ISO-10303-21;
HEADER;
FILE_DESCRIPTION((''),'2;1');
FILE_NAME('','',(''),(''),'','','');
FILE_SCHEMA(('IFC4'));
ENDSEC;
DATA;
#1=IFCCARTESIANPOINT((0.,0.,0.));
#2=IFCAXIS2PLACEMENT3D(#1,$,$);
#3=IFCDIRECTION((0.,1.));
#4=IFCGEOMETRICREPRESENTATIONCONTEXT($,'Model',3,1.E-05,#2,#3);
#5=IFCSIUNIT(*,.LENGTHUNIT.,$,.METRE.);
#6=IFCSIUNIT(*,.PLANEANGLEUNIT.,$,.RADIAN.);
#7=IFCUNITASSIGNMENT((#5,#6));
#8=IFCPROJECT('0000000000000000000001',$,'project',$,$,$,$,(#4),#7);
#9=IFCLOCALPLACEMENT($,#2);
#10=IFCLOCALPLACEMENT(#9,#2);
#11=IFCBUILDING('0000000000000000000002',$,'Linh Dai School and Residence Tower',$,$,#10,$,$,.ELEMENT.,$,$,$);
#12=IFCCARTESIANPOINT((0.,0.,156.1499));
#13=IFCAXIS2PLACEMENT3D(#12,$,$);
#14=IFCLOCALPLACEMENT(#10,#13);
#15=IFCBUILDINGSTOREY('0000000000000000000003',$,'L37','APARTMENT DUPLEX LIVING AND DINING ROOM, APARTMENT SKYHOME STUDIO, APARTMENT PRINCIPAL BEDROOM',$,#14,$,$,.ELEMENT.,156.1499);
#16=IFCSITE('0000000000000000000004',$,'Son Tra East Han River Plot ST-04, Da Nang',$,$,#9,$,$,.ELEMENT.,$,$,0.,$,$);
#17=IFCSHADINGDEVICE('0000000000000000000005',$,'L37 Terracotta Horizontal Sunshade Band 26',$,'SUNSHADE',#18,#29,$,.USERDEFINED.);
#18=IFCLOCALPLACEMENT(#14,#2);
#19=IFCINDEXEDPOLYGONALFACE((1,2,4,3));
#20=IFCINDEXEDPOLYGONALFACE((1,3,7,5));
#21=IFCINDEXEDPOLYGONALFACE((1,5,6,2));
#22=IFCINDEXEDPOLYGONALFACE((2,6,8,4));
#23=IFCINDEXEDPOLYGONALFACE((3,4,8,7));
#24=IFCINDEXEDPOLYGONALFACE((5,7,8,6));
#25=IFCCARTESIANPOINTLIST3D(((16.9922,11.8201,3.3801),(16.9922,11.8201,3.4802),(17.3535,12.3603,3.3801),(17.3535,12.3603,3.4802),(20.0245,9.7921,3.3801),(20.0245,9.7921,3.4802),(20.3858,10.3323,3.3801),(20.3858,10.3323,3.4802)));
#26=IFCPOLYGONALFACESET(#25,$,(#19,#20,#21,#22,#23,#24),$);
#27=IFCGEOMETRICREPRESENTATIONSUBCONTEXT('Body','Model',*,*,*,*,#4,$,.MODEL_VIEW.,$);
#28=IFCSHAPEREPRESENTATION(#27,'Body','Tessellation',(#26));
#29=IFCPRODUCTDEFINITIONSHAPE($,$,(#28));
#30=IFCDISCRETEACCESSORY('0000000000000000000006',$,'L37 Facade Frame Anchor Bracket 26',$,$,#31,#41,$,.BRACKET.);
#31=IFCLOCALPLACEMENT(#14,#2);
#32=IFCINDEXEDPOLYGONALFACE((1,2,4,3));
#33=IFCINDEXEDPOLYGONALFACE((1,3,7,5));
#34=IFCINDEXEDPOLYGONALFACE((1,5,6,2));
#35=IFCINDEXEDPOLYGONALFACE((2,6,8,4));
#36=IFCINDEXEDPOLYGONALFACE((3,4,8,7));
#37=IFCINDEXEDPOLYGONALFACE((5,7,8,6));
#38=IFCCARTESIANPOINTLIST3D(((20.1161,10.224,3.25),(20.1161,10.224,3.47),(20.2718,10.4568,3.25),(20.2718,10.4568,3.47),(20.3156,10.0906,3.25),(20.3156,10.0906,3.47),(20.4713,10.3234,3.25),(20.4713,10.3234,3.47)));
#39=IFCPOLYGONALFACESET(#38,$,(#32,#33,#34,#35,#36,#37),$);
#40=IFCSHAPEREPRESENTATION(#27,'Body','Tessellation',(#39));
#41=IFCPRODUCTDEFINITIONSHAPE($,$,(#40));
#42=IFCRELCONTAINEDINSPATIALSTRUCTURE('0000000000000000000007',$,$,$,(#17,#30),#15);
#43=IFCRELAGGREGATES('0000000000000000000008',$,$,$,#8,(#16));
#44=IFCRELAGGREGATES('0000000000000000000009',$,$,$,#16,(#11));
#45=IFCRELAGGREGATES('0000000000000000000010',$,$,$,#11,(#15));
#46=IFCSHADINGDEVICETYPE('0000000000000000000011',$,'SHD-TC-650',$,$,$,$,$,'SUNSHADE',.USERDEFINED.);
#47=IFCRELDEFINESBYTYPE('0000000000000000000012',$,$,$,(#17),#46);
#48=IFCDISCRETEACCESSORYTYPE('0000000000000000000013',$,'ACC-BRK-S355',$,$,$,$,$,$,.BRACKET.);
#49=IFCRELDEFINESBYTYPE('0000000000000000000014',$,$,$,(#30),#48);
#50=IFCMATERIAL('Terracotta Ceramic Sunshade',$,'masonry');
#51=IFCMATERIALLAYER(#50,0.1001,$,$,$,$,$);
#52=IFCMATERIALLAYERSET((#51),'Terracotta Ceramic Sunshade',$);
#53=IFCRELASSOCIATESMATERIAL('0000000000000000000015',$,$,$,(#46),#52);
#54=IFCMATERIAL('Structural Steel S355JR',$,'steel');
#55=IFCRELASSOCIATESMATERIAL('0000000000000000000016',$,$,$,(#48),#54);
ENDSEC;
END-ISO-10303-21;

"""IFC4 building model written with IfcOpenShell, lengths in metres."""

from ifc_helpers import new_model, si_unit, direction, frame, origin, origin_2d, place, context, subcontext, project, spatial, rectangle, extrude, source, transform, mapped, material, layer, layer_set, type_object, element, save


model = new_model("IFC4")

# Units and contexts
model_context = context("Model", 3, precision=1e-05, world=origin(), true_north=direction((0.0, 1.0)))
body_context = subcontext(model_context, "Body", "Model", "MODEL_VIEW")
ifc_project = project(units=[si_unit("LENGTHUNIT", "METRE"), si_unit("PLANEANGLEUNIT", "RADIAN")], contexts=[model_context])

# Site, building, storey
site_placement = place(None, origin())
site = spatial("IfcSite", under=ifc_project, at=site_placement, Name="Son Tra East Han River Plot ST-04, Da Nang", CompositionType="ELEMENT", RefElevation=0.0)
building_placement = place(site_placement, origin())
building = spatial("IfcBuilding", under=site, at=building_placement, Name="Linh Dai School and Residence Tower", CompositionType="ELEMENT")
storey_placement = place(building_placement, frame((0.0, 0.0, 156.1499)))
storey = spatial("IfcBuildingStorey", under=building, at=storey_placement, Name="L37", Description="APARTMENT DUPLEX LIVING AND DINING ROOM, APARTMENT SKYHOME STUDIO, APARTMENT PRINCIPAL BEDROOM", CompositionType="ELEMENT", Elevation=156.1499)

# Shared definitions
ifc_material_1 = material(Name="Structural Steel S355JR", Category="steel")

# Shading device
ifc_material_2 = material(Name="Terracotta Ceramic Sunshade", Category="masonry")
ifc_layer_1 = layer(ifc_material_2, 0.1001)
ifc_layer_set_1 = layer_set([ifc_layer_1], Name="Terracotta Ceramic Sunshade")
shading_device_type = type_object("IfcShadingDeviceType", Name="SHD-TC-650", ElementType="SUNSHADE", PredefinedType="USERDEFINED", material=ifc_layer_set_1)
shared_shape_1 = source(origin(), body_context, "Body", "SweptSolid", [
    extrude(rectangle(XDim=3.6479, YDim=0.6499, at=origin_2d()), origin(), (0.0, 0.0, 1.0), 0.1001),
])
shading_device_placement = place(storey_placement, frame((18.689, 11.0762, 3.3801), z_axis=(0.0, 0.0, 1.0), x_axis=(-0.831228, 0.555931, 0.0)))
element("IfcShadingDevice", 1, at=shading_device_placement, inside=storey, type_object=shading_device_type, Name="L37 Terracotta Horizontal Sunshade Band 26", ObjectType="SUNSHADE", PredefinedType="USERDEFINED", context=body_context, shape_type="MappedRepresentation", body=[
    mapped(shared_shape_1, transform((0.0, 0.0, 0.0), x_axis=(1.0, 0.0, 0.0), y_axis=(0.0, 1.0, 0.0), z_axis=(0.0, 0.0, 1.0), scale=1.0)),
])

# Discrete accessory
discrete_accessory_type = type_object("IfcDiscreteAccessoryType", Name="ACC-BRK-S355", PredefinedType="BRACKET", material=ifc_material_1)
shared_shape_2 = source(origin(), body_context, "Body", "SweptSolid", [
    extrude(rectangle(XDim=0.28, YDim=0.24, at=origin_2d()), origin(), (0.0, 0.0, 1.0), 0.22),
])
discrete_accessory_placement = place(storey_placement, frame((20.2937, 10.2737, 3.25), z_axis=(0.0, 0.0, 1.0), x_axis=(-0.555931, -0.831228, 0.0)))
element("IfcDiscreteAccessory", 2, at=discrete_accessory_placement, inside=storey, type_object=discrete_accessory_type, Name="L37 Facade Frame Anchor Bracket 26", PredefinedType="BRACKET", context=body_context, shape_type="MappedRepresentation", body=[
    mapped(shared_shape_2, transform((0.0, 0.0, 0.0), x_axis=(1.0, 0.0, 0.0), y_axis=(0.0, 1.0, 0.0), z_axis=(0.0, 0.0, 1.0), scale=1.0)),
])

save(model, "model.ifc")
